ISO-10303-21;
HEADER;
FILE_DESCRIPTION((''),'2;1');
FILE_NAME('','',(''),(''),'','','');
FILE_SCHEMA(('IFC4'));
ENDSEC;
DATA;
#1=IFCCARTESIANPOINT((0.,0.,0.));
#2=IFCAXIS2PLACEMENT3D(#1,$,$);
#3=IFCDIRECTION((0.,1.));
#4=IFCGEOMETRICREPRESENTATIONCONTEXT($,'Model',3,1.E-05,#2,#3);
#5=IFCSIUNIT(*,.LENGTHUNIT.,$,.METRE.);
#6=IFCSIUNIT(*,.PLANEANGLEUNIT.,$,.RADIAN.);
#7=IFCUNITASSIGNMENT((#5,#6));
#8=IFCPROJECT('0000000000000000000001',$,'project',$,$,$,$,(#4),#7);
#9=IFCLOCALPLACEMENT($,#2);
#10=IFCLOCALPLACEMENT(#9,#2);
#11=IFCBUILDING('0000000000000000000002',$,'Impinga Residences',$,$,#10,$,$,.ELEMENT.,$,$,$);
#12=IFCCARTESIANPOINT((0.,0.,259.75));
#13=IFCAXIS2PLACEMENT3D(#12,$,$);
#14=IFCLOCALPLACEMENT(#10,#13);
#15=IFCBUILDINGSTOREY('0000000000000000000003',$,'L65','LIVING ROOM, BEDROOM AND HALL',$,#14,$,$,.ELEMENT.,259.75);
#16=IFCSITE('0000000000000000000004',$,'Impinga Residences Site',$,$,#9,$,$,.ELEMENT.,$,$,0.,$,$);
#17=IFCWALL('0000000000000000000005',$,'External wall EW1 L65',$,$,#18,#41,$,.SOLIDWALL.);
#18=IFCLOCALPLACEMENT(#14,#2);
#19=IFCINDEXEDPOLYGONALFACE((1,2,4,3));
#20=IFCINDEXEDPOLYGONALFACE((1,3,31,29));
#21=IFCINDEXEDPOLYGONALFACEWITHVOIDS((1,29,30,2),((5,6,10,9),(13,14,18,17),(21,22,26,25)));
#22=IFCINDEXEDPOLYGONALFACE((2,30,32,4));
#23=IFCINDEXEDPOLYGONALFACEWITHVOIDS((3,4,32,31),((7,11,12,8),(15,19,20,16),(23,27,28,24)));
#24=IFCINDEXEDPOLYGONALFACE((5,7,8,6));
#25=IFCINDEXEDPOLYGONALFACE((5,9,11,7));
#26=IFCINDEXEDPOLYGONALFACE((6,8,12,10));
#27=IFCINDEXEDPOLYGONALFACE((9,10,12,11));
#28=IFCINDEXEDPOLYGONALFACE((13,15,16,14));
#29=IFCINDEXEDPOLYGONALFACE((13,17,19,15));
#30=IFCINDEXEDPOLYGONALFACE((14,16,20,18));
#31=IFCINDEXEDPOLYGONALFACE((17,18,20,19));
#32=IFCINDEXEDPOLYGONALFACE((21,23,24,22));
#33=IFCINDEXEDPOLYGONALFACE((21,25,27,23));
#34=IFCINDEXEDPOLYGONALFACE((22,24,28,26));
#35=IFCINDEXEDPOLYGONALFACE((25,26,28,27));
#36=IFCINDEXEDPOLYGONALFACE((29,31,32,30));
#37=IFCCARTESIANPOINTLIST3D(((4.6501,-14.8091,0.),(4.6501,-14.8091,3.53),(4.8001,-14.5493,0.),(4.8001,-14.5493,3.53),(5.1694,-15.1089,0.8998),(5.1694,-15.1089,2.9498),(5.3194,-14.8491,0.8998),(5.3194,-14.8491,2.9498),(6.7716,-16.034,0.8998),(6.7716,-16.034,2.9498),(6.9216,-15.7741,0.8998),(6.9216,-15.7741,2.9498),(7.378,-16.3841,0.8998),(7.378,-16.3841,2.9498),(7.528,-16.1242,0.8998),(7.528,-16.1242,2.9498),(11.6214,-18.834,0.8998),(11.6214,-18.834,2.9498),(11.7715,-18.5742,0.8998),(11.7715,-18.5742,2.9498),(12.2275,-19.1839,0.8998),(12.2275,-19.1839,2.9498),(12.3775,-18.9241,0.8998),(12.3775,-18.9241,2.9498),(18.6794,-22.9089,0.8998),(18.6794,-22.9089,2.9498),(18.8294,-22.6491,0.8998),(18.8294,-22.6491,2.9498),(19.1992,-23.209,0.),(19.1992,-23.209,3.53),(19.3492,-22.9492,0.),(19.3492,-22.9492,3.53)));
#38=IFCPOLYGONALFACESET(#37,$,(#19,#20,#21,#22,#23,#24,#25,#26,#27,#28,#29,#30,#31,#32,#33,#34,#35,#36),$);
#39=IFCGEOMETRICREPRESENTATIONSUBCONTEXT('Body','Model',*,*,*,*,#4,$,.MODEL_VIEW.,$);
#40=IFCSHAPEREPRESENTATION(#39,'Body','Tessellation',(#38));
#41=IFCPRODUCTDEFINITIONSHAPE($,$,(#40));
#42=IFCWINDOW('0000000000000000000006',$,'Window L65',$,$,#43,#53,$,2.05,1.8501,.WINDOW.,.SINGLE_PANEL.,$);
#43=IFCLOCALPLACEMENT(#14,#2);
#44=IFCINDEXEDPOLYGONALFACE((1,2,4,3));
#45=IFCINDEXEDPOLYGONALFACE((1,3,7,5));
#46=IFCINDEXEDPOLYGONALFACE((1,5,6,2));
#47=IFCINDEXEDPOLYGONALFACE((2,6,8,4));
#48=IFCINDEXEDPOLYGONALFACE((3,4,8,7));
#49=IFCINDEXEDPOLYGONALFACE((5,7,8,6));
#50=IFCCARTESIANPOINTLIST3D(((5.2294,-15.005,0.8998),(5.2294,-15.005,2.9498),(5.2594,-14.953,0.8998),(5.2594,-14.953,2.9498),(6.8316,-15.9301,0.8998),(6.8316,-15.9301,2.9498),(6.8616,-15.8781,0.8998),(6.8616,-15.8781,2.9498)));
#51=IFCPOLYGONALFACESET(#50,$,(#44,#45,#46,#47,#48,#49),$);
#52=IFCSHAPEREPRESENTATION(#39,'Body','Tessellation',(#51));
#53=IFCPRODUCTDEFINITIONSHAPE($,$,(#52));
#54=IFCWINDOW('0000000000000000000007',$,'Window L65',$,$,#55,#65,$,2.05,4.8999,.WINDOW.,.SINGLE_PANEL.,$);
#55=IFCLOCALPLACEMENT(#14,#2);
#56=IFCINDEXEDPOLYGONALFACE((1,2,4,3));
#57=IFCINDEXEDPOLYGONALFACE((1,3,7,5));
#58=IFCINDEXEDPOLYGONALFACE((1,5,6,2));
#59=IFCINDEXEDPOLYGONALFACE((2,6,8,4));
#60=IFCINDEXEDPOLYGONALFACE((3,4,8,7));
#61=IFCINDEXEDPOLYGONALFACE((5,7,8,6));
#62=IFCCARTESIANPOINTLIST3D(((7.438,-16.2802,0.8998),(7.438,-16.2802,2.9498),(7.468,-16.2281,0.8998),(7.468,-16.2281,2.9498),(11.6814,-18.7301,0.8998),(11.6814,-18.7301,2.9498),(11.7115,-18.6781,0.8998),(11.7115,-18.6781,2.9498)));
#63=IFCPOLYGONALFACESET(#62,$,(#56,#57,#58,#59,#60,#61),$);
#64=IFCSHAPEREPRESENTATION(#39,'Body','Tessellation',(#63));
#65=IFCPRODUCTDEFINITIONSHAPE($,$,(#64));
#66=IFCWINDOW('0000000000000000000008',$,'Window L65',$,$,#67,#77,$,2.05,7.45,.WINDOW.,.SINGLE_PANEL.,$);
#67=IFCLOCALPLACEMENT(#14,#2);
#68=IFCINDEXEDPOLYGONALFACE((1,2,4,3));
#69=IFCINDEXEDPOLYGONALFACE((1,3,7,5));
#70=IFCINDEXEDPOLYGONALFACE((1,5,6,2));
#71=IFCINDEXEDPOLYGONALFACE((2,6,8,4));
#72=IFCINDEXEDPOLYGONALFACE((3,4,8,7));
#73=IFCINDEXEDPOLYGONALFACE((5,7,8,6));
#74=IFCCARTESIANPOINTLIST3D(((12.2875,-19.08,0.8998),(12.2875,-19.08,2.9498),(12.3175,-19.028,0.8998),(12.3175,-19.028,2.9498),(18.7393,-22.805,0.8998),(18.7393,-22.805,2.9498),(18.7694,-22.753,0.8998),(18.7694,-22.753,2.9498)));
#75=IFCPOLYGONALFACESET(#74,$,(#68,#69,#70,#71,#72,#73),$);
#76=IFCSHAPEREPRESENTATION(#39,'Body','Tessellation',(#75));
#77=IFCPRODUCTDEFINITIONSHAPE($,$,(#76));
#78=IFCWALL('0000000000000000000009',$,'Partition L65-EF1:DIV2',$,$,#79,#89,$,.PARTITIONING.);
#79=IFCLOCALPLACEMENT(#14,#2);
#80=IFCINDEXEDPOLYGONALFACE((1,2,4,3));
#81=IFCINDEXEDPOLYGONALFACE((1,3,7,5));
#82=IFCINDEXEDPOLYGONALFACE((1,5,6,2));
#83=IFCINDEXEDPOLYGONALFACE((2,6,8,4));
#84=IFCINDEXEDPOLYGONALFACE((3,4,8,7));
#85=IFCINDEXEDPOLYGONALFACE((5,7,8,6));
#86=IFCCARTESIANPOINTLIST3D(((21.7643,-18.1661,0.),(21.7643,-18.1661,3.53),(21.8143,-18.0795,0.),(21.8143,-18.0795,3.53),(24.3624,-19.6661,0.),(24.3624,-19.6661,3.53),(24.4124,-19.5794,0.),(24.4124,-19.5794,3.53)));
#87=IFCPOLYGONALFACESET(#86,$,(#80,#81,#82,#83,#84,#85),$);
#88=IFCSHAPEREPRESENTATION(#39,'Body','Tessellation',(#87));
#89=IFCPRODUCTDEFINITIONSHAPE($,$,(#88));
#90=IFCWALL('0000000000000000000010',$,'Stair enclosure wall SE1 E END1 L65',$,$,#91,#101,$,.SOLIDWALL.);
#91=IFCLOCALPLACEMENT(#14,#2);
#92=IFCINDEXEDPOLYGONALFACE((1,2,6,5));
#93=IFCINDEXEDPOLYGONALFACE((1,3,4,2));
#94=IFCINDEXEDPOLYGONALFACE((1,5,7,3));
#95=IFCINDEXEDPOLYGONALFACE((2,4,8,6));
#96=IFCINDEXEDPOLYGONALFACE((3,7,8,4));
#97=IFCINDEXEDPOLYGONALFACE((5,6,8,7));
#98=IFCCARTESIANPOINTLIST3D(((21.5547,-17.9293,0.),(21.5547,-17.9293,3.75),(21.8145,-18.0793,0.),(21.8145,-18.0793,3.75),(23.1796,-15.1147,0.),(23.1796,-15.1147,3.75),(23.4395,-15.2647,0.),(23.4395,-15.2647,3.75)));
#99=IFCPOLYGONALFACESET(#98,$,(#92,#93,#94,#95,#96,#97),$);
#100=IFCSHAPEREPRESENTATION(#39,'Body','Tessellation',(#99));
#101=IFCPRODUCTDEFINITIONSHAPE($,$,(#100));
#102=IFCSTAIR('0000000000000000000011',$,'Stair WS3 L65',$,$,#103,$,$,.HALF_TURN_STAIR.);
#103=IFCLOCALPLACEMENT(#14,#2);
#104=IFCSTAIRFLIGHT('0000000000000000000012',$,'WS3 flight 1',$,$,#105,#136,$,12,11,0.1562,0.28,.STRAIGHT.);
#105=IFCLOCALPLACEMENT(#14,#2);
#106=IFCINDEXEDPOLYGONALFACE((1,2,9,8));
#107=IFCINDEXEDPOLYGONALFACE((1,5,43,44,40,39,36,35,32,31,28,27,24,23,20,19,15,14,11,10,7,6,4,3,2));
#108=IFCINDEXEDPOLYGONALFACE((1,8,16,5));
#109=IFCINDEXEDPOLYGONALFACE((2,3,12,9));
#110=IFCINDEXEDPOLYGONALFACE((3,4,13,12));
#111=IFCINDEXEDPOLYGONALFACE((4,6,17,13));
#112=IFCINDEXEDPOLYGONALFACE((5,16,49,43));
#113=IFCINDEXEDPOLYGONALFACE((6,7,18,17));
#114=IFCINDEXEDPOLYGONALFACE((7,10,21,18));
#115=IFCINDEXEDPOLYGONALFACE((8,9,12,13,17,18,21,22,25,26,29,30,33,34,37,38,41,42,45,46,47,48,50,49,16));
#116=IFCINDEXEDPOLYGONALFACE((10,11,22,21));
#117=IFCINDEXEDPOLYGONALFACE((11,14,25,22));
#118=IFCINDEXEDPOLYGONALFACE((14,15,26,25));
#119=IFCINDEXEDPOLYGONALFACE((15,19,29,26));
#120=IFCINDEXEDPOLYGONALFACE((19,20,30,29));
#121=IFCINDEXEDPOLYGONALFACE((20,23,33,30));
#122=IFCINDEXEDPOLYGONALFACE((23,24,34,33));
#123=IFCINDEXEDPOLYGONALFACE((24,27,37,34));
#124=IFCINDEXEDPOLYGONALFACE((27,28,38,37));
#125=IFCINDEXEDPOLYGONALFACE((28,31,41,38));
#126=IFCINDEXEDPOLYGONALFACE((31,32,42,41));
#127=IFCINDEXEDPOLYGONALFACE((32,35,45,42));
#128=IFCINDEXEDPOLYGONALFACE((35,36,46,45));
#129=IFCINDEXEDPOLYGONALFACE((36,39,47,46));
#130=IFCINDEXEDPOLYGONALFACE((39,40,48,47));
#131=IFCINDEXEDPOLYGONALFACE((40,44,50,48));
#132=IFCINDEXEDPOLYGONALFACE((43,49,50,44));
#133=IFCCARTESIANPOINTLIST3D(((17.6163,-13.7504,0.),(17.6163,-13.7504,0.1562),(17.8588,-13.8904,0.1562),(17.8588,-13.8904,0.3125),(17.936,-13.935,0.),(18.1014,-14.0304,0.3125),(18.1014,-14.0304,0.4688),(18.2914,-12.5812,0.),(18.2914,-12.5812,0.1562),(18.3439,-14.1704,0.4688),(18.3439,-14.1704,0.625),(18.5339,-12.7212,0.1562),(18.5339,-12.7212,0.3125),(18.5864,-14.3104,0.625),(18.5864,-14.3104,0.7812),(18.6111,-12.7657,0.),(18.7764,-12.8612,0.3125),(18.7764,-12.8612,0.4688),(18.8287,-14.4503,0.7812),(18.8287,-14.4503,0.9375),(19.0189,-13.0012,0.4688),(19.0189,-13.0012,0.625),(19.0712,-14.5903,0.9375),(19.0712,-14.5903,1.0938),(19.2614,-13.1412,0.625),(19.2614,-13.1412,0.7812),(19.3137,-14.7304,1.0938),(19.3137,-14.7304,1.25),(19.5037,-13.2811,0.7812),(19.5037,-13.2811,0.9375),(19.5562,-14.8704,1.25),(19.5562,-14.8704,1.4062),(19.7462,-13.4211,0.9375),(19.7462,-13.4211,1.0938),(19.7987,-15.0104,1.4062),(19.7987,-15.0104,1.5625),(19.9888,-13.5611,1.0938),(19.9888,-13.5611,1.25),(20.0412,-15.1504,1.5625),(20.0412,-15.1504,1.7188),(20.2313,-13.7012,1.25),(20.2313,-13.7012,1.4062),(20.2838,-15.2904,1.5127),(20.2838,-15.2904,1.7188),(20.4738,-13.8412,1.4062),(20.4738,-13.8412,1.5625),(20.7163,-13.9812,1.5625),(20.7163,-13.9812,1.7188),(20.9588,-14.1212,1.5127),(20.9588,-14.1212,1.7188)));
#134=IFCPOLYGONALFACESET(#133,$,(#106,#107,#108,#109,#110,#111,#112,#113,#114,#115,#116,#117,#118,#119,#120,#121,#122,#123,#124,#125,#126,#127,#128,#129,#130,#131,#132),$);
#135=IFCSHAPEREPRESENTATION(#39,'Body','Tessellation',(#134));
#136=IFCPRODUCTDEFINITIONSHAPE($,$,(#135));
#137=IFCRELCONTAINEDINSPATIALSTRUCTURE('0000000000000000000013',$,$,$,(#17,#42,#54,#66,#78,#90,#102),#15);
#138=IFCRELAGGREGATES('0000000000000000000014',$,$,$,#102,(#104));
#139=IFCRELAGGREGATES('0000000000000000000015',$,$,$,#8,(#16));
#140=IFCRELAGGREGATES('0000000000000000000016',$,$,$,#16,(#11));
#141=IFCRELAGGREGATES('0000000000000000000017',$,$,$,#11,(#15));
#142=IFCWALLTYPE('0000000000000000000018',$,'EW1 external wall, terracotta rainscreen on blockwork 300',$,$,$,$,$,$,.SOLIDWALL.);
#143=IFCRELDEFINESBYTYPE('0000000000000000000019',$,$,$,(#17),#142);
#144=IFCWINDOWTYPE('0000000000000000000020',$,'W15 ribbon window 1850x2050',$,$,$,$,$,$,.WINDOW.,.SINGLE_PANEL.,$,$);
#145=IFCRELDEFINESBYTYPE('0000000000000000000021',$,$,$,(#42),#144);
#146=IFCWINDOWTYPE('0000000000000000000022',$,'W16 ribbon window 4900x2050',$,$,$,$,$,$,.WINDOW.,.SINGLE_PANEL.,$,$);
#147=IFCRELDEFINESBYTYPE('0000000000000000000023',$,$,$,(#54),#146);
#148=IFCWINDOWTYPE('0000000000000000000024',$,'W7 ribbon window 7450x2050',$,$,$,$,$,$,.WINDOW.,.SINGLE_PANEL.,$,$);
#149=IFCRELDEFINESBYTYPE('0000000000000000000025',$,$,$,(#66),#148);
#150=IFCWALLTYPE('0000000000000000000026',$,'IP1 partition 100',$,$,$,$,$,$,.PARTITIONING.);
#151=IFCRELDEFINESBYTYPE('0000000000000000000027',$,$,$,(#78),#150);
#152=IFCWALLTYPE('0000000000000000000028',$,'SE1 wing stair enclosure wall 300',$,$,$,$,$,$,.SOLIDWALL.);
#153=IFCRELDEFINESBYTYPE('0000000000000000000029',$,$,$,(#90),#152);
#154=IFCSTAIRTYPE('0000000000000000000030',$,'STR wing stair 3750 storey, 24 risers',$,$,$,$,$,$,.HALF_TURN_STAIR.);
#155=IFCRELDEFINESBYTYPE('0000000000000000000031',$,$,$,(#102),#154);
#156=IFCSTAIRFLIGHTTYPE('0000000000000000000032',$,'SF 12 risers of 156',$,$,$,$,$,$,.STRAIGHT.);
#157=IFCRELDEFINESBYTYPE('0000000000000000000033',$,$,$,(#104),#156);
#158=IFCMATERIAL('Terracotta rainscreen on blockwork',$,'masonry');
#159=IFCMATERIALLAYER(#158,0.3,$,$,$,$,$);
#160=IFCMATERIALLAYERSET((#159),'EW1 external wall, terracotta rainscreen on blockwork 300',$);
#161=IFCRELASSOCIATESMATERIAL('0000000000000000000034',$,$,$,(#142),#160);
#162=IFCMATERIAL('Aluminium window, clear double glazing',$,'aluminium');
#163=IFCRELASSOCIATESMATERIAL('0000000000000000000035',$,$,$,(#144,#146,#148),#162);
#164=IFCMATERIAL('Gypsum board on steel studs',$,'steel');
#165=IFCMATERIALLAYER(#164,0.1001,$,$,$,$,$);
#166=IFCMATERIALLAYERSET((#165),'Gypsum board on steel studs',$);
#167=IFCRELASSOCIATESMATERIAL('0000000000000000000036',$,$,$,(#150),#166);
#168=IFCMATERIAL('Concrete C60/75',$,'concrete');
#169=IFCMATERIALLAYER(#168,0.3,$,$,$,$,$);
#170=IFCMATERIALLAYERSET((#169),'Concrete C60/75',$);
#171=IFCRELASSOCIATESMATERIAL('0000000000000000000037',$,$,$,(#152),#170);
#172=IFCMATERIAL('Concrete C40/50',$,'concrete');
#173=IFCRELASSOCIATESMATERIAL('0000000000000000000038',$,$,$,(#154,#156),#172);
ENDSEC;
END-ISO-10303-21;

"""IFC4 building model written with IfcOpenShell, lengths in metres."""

from ifc_helpers import new_model, si_unit, direction, frame, frame_2d, origin, place, context, subcontext, project, spatial, polyline, rectangle, outline, extrude, material, layer, layer_set, type_object, element, fill, aggregate, save


model = new_model("IFC4")

# Units and contexts
model_context = context("Model", 3, precision=1e-05, world=origin(), true_north=direction((0.0, 1.0)))
body_context = subcontext(model_context, "Body", "Model", "MODEL_VIEW")
ifc_project = project(units=[si_unit("LENGTHUNIT", "METRE"), si_unit("PLANEANGLEUNIT", "RADIAN")], contexts=[model_context])

# Site, building, storey
site_placement = place(None, origin())
site = spatial("IfcSite", under=ifc_project, at=site_placement, Name="Impinga Residences Site", CompositionType="ELEMENT", RefElevation=0.0)
building_placement = place(site_placement, origin())
building = spatial("IfcBuilding", under=site, at=building_placement, Name="Impinga Residences", CompositionType="ELEMENT")
storey_placement = place(building_placement, frame((0.0, 0.0, 259.75)))
storey = spatial("IfcBuildingStorey", under=building, at=storey_placement, Name="L65", Description="LIVING ROOM, BEDROOM AND HALL", CompositionType="ELEMENT", Elevation=259.75)

# Shared definitions
ifc_material_1 = material(Name="Concrete C60/75", Category="concrete")

# Shared definitions
ifc_material_2 = material(Name="Terracotta rainscreen on blockwork", Category="masonry")
ifc_layer_1 = layer(ifc_material_2, 0.3)
ifc_layer_set_1 = layer_set([ifc_layer_1], Name="EW1 external wall, terracotta rainscreen on blockwork 300")
wall_type_1 = type_object("IfcWallType", Name="EW1 external wall, terracotta rainscreen on blockwork 300", PredefinedType="SOLIDWALL", material=ifc_layer_set_1)

# Wall, openings, windows
wall_1_placement = place(storey_placement, frame((19.2742, -23.0791, 0.0), z_axis=(0.0, 0.0, 1.0), x_axis=(-0.866026, 0.5, 0.0)))
wall_1 = element("IfcWall", 1, at=wall_1_placement, inside=storey, type_object=wall_type_1, Name="External wall EW1 L65", PredefinedType="SOLIDWALL", context=body_context, shape_type="SweptSolid", body=[
    extrude(rectangle(XDim=16.7998, YDim=0.3, at=frame_2d((8.3999, 0.0))), origin(), (0.0, 0.0, 1.0), 3.53),
])
opening_1_placement = place(wall_1_placement, frame((0.6001, 0.0, 0.8999)))
opening_1 = element("IfcOpeningElement", 2, at=opening_1_placement, cuts=wall_1, PredefinedType="OPENING", context=body_context, shape_type="SweptSolid", body=[
    extrude(rectangle(XDim=7.45, YDim=2.05, at=frame_2d((3.7251, 1.0249))), frame((0.0, 0.1599, 0.0), z_axis=(0.0, -1.0, 0.0), x_axis=(1.0, 0.0, 0.0)), (0.0, 0.0, 1.0), 0.3201),
])
opening_2_placement = place(wall_1_placement, frame((8.75, 0.0, 0.8999)))
opening_2 = element("IfcOpeningElement", 3, at=opening_2_placement, cuts=wall_1, PredefinedType="OPENING", context=body_context, shape_type="SweptSolid", body=[
    extrude(rectangle(XDim=4.8999, YDim=2.05, at=frame_2d((2.45, 1.0249))), frame((0.0, 0.1599, 0.0), z_axis=(0.0, -1.0, 0.0), x_axis=(1.0, 0.0, 0.0)), (0.0, 0.0, 1.0), 0.3201),
])
opening_3_placement = place(wall_1_placement, frame((14.3501, 0.0, 0.8999)))
opening_3 = element("IfcOpeningElement", 4, at=opening_3_placement, cuts=wall_1, PredefinedType="OPENING", context=body_context, shape_type="SweptSolid", body=[
    extrude(rectangle(XDim=1.8501, YDim=2.05, at=frame_2d((0.925, 1.0249))), frame((0.0, 0.1599, 0.0), z_axis=(0.0, -1.0, 0.0), x_axis=(1.0, 0.0, 0.0)), (0.0, 0.0, 1.0), 0.3201),
])
ifc_material_3 = material(Name="Aluminium window, clear double glazing", Category="aluminium")
window_type_1 = type_object("IfcWindowType", Name="W15 ribbon window 1850x2050", PartitioningType="SINGLE_PANEL", PredefinedType="WINDOW", material=ifc_material_3)
window_1_placement = place(opening_3_placement, origin())
window_1 = element("IfcWindow", 5, at=window_1_placement, inside=storey, type_object=window_type_1, Name="Window L65", OverallHeight=2.05, OverallWidth=1.8501, PartitioningType="SINGLE_PANEL", PredefinedType="WINDOW", context=body_context, shape_type="SweptSolid", body=[
    extrude(rectangle(XDim=1.8501, YDim=2.05, at=frame_2d((0.925, 1.0249))), frame((0.0, 0.03, 0.0), z_axis=(0.0, -1.0, 0.0), x_axis=(1.0, 0.0, 0.0)), (0.0, 0.0, 1.0), 0.0601),
])
fill(opening_3, window_1)
window_type_2 = type_object("IfcWindowType", Name="W16 ribbon window 4900x2050", PartitioningType="SINGLE_PANEL", PredefinedType="WINDOW", material=ifc_material_3)
window_2_placement = place(opening_2_placement, origin())
window_2 = element("IfcWindow", 6, at=window_2_placement, inside=storey, type_object=window_type_2, Name="Window L65", OverallHeight=2.05, OverallWidth=4.8999, PartitioningType="SINGLE_PANEL", PredefinedType="WINDOW", context=body_context, shape_type="SweptSolid", body=[
    extrude(rectangle(XDim=4.8999, YDim=2.05, at=frame_2d((2.45, 1.0249))), frame((0.0, 0.03, 0.0), z_axis=(0.0, -1.0, 0.0), x_axis=(1.0, 0.0, 0.0)), (0.0, 0.0, 1.0), 0.0601),
])
fill(opening_2, window_2)
window_type_3 = type_object("IfcWindowType", Name="W7 ribbon window 7450x2050", PartitioningType="SINGLE_PANEL", PredefinedType="WINDOW", material=ifc_material_3)
window_3_placement = place(opening_1_placement, origin())
window_3 = element("IfcWindow", 7, at=window_3_placement, inside=storey, type_object=window_type_3, Name="Window L65", OverallHeight=2.05, OverallWidth=7.45, PartitioningType="SINGLE_PANEL", PredefinedType="WINDOW", context=body_context, shape_type="SweptSolid", body=[
    extrude(rectangle(XDim=7.45, YDim=2.05, at=frame_2d((3.7251, 1.0249))), frame((0.0, 0.03, 0.0), z_axis=(0.0, -1.0, 0.0), x_axis=(1.0, 0.0, 0.0)), (0.0, 0.0, 1.0), 0.0601),
])
fill(opening_1, window_3)

# Walls
ifc_material_4 = material(Name="Gypsum board on steel studs", Category="steel")
ifc_layer_2 = layer(ifc_material_4, 0.1001)
ifc_layer_set_2 = layer_set([ifc_layer_2], Name="Gypsum board on steel studs")
wall_type_2 = type_object("IfcWallType", Name="IP1 partition 100", PredefinedType="PARTITIONING", material=ifc_layer_set_2)
wall_2_placement = place(storey_placement, frame((21.7893, -18.1228, 0.0), z_axis=(0.0, 0.0, 1.0), x_axis=(0.866031, -0.49999, 0.0)))
element("IfcWall", 8, at=wall_2_placement, inside=storey, type_object=wall_type_2, Name="Partition L65-EF1:DIV2", PredefinedType="PARTITIONING", context=body_context, shape_type="SweptSolid", body=[
    extrude(rectangle(XDim=3.0, YDim=0.1001, at=frame_2d((1.5, 0.0))), origin(), (0.0, 0.0, 1.0), 3.53),
])
ifc_layer_3 = layer(ifc_material_1, 0.3)
ifc_layer_set_3 = layer_set([ifc_layer_3], Name="Concrete C60/75")
wall_type_3 = type_object("IfcWallType", Name="SE1 wing stair enclosure wall 300", PredefinedType="SOLIDWALL", material=ifc_layer_set_3)
wall_3_placement = place(storey_placement, frame((23.3096, -15.1897, 0.0), z_axis=(0.0, 0.0, 1.0), x_axis=(-0.499985, -0.866034, 0.0)))
element("IfcWall", 9, at=wall_3_placement, inside=storey, type_object=wall_type_3, Name="Stair enclosure wall SE1 E END1 L65", PredefinedType="SOLIDWALL", context=body_context, shape_type="SweptSolid", body=[
    extrude(rectangle(XDim=3.25, YDim=0.3, at=frame_2d((1.625, 0.0))), origin(), (0.0, 0.0, 1.0), 3.75),
])

# Stair, stair flight
ifc_material_5 = material(Name="Concrete C40/50", Category="concrete")
stair_type = type_object("IfcStairType", Name="STR wing stair 3750 storey, 24 risers", PredefinedType="HALF_TURN_STAIR", material=ifc_material_5)
stair_placement = place(storey_placement, origin())
stair = element("IfcStair", 10, at=stair_placement, inside=storey, type_object=stair_type, Name="Stair WS3 L65", PredefinedType="HALF_TURN_STAIR")
stair_flight_type = type_object("IfcStairFlightType", Name="SF 12 risers of 156", PredefinedType="STRAIGHT", material=ifc_material_5)
stair_flight_1_placement = place(storey_placement, frame((17.9539, -13.1658, 0.0), z_axis=(0.0, 0.0, 1.0), x_axis=(0.866025, -0.5, 0.0)))
stair_flight_1 = element("IfcStairFlight", 11, at=stair_flight_1_placement, type_object=stair_flight_type, Name="WS3 flight 1", NumberOfRisers=12, NumberOfTreads=11, PredefinedType="STRAIGHT", RiserHeight=0.1562, TreadLength=0.28, context=body_context, shape_type="SweptSolid", body=[
    extrude(outline(polyline([(0.0, 0.0), (0.0, 0.1562), (0.28, 0.1562), (0.28, 0.3125), (0.5601, 0.3125), (0.5601, 0.4688), (0.8401, 0.4688), (0.8401, 0.625), (1.1201, 0.625), (1.1201, 0.7812), (1.3999, 0.7812), (1.3999, 0.9375), (1.6799, 0.9375), (1.6799, 1.0938), (1.96, 1.0938), (1.96, 1.25), (2.24, 1.25), (2.24, 1.4062), (2.52, 1.4062), (2.52, 1.5625), (2.8, 1.5625), (2.8, 1.7188), (3.0801, 1.7188), (3.0801, 1.875), (3.0801, 1.5127), (0.3691, 0.0), (0.0, 0.0)])), frame((0.0, 0.675, 0.0), z_axis=(0.0, -1.0, 0.0), x_axis=(1.0, 0.0, 0.0)), (0.0, 0.0, 1.0), 1.3501),
])
aggregate(stair, [stair_flight_1])

save(model, "model.ifc")
